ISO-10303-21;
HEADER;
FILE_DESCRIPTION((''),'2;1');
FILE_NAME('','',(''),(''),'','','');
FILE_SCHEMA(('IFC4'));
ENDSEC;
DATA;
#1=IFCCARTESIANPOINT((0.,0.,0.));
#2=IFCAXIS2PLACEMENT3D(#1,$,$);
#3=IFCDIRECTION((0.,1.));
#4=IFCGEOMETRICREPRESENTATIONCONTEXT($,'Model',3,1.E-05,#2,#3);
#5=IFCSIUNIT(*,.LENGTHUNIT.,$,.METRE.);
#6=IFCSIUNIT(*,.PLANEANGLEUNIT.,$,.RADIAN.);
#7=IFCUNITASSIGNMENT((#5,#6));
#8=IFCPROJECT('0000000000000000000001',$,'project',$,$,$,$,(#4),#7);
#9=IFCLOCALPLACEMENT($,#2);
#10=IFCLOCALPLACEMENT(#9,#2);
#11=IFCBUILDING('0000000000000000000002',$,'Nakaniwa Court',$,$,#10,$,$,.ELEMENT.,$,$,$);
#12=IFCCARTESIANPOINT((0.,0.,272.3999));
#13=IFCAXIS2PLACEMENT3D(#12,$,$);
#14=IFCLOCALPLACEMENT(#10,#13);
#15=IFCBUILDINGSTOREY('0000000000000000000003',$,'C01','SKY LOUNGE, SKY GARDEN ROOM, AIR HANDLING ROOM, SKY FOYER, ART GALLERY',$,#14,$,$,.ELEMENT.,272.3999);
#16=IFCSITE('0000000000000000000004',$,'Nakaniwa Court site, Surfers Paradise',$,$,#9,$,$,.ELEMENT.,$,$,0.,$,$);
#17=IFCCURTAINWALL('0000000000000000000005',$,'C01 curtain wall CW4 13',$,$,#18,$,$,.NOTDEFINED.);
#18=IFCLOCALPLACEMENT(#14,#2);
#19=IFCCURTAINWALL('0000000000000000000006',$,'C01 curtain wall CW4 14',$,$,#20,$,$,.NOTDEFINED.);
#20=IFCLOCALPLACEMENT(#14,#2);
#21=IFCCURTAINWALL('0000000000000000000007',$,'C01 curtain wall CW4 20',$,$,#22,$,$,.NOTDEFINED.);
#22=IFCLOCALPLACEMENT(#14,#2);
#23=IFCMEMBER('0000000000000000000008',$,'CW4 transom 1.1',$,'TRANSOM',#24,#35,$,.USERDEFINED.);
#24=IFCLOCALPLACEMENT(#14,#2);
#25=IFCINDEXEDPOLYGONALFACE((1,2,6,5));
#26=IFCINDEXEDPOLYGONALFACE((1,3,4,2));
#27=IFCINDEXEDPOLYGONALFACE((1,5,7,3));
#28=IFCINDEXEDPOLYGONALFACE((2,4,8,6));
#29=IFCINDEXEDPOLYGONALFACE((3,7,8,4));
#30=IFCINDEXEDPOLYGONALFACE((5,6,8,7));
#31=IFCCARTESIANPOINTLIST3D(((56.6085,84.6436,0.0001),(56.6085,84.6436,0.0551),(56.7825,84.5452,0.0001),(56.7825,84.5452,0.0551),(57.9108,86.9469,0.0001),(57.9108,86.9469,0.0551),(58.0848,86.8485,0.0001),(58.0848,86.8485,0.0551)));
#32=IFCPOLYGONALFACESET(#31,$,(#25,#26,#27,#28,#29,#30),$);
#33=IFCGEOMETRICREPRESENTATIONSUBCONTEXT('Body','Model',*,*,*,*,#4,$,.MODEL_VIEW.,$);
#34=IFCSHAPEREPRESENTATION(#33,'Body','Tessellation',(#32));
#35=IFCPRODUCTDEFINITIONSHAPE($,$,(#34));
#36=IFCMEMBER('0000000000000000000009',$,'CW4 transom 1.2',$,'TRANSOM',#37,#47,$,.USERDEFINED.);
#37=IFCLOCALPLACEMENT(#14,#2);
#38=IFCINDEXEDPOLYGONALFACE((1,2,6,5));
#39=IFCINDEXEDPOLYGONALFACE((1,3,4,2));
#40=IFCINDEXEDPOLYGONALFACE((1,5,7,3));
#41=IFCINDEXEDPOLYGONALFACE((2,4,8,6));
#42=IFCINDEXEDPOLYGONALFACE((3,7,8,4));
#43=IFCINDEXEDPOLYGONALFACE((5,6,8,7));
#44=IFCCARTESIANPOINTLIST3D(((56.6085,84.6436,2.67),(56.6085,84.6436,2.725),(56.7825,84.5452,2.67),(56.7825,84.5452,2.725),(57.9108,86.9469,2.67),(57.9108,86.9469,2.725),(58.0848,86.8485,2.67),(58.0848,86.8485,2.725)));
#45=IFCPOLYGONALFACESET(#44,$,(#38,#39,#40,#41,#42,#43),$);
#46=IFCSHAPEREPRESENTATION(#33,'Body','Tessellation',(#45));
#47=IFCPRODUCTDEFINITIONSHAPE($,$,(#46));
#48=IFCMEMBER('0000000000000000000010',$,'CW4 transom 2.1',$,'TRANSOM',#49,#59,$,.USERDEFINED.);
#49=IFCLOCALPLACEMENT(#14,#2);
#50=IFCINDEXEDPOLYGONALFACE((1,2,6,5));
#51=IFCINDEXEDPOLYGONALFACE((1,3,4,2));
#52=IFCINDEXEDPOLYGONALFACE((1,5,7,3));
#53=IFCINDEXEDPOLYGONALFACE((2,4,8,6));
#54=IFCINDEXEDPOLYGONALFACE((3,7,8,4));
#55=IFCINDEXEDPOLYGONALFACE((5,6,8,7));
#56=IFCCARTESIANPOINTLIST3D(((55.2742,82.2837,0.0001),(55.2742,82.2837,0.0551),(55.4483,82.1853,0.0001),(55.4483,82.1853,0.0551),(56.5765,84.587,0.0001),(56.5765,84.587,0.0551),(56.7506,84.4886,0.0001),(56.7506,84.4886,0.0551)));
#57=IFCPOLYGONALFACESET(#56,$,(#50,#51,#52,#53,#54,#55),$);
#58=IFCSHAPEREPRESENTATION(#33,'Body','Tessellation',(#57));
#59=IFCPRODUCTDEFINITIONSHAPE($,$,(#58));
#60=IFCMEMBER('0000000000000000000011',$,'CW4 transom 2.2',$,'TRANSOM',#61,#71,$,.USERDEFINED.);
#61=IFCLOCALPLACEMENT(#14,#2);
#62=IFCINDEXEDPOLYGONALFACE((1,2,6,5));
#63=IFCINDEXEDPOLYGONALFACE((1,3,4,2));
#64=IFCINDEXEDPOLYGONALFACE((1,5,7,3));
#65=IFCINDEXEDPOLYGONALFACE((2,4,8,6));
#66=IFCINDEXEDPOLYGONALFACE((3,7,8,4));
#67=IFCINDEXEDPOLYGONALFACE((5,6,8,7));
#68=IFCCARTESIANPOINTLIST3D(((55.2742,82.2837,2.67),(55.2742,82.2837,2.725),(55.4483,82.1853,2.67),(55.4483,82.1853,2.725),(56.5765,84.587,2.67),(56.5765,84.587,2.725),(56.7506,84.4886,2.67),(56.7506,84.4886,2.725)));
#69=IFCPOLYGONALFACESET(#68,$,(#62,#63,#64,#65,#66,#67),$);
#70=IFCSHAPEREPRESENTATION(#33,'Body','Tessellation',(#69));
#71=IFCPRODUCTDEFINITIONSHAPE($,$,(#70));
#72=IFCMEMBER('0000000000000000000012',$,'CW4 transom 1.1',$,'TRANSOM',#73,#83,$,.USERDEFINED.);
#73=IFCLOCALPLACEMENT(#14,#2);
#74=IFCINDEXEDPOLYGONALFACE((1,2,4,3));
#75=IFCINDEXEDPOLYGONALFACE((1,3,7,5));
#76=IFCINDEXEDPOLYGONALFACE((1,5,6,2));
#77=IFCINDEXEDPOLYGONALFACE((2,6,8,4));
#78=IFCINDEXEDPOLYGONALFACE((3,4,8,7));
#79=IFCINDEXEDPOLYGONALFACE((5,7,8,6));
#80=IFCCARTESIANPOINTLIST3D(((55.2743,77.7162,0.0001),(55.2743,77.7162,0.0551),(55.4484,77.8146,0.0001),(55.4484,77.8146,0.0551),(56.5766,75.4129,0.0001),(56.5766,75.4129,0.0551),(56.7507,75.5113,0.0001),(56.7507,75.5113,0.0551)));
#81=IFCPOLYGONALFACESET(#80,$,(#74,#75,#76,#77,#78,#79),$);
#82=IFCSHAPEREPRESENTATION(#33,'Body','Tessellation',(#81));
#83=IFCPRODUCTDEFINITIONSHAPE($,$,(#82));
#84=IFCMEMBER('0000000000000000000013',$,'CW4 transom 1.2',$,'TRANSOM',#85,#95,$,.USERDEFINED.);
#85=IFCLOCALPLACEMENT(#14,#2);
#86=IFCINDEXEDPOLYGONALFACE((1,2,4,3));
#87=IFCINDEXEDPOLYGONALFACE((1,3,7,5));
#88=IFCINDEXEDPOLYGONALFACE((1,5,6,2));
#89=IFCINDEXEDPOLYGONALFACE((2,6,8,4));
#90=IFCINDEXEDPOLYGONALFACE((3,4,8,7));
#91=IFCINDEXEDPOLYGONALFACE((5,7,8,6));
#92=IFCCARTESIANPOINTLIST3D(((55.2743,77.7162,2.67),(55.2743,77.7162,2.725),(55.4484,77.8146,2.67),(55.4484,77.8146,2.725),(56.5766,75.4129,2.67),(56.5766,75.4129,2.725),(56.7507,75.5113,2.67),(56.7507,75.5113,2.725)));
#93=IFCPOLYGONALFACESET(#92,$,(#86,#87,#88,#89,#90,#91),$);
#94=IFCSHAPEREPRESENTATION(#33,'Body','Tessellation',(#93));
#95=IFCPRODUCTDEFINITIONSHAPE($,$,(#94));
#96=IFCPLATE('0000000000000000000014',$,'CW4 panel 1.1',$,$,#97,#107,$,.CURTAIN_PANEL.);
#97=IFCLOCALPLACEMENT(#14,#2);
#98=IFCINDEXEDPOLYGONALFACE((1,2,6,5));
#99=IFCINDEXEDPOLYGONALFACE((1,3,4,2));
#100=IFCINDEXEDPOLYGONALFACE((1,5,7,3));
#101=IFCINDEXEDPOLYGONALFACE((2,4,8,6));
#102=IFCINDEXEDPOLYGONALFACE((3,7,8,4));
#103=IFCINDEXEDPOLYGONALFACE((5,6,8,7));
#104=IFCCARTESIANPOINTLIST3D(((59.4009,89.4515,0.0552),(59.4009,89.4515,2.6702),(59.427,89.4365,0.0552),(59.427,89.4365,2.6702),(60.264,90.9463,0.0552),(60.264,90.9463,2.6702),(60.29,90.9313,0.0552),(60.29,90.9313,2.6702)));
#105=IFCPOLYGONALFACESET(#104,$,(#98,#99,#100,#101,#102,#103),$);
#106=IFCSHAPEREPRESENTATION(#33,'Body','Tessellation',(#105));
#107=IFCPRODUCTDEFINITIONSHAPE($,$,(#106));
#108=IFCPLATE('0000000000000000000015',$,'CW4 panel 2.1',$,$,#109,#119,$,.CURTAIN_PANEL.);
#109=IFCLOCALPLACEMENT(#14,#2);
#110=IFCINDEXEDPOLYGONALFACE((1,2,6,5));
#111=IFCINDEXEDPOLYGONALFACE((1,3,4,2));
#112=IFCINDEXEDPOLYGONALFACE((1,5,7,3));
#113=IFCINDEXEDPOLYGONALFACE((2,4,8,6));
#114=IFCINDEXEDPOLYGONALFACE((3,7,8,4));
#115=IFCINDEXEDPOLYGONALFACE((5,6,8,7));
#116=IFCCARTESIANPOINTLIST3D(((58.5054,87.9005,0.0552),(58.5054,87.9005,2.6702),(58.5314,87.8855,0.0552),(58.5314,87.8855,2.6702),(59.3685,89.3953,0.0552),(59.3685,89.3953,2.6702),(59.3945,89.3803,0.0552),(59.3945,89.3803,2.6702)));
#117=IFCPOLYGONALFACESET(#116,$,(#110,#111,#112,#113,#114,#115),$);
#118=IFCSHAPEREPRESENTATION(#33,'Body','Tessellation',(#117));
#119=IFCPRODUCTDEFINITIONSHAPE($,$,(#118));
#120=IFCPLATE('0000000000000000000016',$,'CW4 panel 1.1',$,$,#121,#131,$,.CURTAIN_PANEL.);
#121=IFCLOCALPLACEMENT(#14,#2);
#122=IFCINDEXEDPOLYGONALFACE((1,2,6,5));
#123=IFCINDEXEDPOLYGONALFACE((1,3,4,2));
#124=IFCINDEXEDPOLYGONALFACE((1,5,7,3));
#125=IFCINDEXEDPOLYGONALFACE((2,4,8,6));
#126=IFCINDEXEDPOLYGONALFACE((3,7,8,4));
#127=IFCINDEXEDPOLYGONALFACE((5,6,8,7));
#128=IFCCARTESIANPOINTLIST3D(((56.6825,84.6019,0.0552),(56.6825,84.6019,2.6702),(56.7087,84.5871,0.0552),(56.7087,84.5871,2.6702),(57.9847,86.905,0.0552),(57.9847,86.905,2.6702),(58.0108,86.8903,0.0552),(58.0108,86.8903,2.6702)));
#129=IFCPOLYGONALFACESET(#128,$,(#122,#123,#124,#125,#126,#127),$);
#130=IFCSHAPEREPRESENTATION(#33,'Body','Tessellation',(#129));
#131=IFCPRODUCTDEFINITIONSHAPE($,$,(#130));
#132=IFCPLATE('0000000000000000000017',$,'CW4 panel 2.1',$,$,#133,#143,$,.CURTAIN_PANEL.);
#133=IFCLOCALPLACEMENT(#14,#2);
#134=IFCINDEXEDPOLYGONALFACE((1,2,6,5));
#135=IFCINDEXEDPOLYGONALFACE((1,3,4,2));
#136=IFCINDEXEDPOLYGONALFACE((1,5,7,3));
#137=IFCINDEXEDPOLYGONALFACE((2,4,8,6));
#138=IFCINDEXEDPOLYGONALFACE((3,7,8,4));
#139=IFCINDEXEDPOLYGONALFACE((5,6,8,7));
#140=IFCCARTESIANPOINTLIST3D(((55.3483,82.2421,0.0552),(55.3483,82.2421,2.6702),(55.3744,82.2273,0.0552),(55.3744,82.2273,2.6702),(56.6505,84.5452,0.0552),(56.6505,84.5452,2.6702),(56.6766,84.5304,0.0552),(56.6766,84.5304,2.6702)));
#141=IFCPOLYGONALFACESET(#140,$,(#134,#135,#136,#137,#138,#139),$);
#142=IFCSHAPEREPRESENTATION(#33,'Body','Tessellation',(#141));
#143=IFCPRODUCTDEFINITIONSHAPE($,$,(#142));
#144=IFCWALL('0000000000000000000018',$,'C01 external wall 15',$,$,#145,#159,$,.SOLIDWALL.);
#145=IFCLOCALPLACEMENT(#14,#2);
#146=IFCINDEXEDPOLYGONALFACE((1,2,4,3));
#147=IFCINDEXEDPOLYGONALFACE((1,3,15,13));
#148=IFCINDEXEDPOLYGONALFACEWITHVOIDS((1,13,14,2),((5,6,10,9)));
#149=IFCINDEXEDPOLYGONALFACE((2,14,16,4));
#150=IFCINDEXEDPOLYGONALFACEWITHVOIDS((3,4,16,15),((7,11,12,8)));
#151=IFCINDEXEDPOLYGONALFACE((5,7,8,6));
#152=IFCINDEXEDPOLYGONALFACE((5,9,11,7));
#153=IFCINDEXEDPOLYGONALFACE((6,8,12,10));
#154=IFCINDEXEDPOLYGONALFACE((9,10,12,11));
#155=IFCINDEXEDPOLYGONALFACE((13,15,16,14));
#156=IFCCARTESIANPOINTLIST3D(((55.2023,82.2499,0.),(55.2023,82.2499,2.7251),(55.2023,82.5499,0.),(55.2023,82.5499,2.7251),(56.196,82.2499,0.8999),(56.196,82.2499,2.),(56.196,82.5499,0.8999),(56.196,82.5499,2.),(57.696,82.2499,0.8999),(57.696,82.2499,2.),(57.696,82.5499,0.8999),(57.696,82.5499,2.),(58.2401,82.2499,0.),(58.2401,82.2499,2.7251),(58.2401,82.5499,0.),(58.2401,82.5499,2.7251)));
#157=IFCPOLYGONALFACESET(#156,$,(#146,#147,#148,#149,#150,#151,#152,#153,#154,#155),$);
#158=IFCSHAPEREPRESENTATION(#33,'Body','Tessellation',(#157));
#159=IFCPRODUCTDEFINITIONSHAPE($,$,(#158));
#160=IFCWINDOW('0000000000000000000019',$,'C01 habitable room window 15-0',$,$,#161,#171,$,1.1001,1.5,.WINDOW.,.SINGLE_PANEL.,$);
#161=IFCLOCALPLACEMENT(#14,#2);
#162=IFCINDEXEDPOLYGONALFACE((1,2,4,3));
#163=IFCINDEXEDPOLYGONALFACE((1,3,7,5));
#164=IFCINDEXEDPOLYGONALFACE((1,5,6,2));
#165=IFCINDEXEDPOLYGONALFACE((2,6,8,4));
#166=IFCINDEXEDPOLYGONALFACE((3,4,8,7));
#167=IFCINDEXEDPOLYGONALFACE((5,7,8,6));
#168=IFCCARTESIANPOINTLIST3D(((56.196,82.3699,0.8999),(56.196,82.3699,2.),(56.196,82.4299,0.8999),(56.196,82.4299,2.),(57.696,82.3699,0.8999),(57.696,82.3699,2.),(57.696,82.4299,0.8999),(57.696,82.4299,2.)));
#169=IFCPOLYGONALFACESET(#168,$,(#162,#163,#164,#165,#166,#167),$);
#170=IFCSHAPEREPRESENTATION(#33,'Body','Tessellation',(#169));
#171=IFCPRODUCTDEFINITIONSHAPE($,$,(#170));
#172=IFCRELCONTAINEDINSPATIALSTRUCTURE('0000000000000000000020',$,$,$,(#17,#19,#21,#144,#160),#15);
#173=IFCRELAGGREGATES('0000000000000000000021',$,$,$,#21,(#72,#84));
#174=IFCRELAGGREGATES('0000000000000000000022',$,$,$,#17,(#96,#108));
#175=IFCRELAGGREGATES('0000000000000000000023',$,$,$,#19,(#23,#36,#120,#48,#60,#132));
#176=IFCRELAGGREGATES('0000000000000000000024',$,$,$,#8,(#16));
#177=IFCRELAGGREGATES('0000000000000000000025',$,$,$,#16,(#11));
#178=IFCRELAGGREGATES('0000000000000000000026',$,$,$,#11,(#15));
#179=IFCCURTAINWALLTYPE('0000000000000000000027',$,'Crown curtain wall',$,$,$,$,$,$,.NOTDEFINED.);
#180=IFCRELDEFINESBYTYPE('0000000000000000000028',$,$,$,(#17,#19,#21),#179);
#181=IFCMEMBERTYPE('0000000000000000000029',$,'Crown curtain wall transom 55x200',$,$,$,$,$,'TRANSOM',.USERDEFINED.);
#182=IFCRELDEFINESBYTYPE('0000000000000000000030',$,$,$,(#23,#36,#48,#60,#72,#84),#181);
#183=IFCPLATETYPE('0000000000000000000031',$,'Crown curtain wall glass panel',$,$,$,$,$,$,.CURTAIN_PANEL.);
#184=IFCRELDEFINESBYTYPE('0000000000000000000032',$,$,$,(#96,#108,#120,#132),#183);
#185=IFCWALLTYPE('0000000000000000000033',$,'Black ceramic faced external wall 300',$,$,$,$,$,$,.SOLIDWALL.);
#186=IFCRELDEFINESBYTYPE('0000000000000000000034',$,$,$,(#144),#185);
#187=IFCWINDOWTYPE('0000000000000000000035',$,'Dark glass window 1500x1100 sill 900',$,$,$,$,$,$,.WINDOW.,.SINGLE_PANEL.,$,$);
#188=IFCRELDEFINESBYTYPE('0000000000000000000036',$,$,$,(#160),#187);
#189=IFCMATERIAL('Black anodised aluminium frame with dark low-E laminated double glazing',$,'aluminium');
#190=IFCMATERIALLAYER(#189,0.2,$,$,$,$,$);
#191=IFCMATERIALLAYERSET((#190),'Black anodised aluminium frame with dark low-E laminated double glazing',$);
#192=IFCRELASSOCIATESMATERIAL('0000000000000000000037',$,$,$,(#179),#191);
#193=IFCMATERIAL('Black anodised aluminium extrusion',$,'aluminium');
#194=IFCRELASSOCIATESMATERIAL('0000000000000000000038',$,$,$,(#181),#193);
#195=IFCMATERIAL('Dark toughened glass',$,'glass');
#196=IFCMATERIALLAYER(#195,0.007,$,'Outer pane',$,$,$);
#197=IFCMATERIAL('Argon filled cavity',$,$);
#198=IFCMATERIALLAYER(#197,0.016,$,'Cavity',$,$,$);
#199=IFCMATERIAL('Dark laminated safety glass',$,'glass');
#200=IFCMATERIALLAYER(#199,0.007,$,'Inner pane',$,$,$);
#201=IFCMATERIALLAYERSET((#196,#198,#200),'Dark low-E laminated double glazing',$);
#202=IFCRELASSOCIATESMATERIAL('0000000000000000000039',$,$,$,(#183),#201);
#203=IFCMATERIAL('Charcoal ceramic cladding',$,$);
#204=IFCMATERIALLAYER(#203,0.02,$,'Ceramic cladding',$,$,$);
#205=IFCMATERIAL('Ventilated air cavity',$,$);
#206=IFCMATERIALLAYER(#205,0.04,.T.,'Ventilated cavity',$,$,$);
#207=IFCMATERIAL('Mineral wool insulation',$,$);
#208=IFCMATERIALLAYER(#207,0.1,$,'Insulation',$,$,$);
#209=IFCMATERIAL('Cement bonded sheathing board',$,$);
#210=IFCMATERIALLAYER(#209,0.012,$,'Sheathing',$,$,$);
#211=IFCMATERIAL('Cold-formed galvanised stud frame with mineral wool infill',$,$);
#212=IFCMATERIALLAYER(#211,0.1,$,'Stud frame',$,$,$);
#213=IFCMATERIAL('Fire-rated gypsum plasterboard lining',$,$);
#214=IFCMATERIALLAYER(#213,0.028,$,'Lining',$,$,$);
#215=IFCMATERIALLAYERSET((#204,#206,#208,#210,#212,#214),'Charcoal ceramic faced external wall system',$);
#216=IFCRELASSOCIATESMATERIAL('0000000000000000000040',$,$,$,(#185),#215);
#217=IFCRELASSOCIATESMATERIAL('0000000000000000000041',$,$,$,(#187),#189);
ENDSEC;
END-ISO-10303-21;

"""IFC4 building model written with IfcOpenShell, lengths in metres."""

from ifc_helpers import new_model, si_unit, direction, frame, frame_2d, origin, origin_2d, place, context, subcontext, project, spatial, rectangle, extrude, material, layer, layer_set, material_profile, profile_set, type_object, element, fill, aggregate, save


model = new_model("IFC4")

# Units and contexts
model_context = context("Model", 3, precision=1e-05, world=origin(), true_north=direction((0.0, 1.0)))
body_context = subcontext(model_context, "Body", "Model", "MODEL_VIEW")
ifc_project = project(units=[si_unit("LENGTHUNIT", "METRE"), si_unit("PLANEANGLEUNIT", "RADIAN")], contexts=[model_context])

# Site, building, storey
site_placement = place(None, origin())
site = spatial("IfcSite", under=ifc_project, at=site_placement, Name="Nakaniwa Court site, Surfers Paradise", CompositionType="ELEMENT", RefElevation=0.0)
building_placement = place(site_placement, origin())
building = spatial("IfcBuilding", under=site, at=building_placement, Name="Nakaniwa Court", CompositionType="ELEMENT")
storey_placement = place(building_placement, frame((0.0, 0.0, 272.3999)))
storey = spatial("IfcBuildingStorey", under=building, at=storey_placement, Name="C01", Description="SKY LOUNGE, SKY GARDEN ROOM, AIR HANDLING ROOM, SKY FOYER, ART GALLERY", CompositionType="ELEMENT", Elevation=272.3999)

# Curtain walls
ifc_material_1 = material(Name="Black anodised aluminium frame with dark low-E laminated double glazing", Category="aluminium")
ifc_layer_1 = layer(ifc_material_1, 0.2)
ifc_layer_set_1 = layer_set([ifc_layer_1], Name="Black anodised aluminium frame with dark low-E laminated double glazing")
curtain_wall_type = type_object("IfcCurtainWallType", Name="Crown curtain wall", PredefinedType="NOTDEFINED", material=ifc_layer_set_1)
curtain_wall_1_placement = place(storey_placement, origin())
curtain_wall_1 = element("IfcCurtainWall", 1, at=curtain_wall_1_placement, inside=storey, type_object=curtain_wall_type, Name="C01 curtain wall CW4 13", PredefinedType="NOTDEFINED")
ifc_material_2 = material(Name="Black anodised aluminium extrusion", Category="aluminium")
curtain_wall_2_placement = place(storey_placement, origin())
curtain_wall_2 = element("IfcCurtainWall", 2, at=curtain_wall_2_placement, inside=storey, type_object=curtain_wall_type, Name="C01 curtain wall CW4 14", PredefinedType="NOTDEFINED")

# Curtain wall
curtain_wall_3_placement = place(storey_placement, origin())
curtain_wall_3 = element("IfcCurtainWall", 3, at=curtain_wall_3_placement, inside=storey, type_object=curtain_wall_type, Name="C01 curtain wall CW4 20", PredefinedType="NOTDEFINED")

# Members
ifc_material_profile_1 = material_profile(ifc_material_2, rectangle(XDim=0.2, YDim=0.0549, at=origin_2d()), Name="Crown curtain wall transom 55x200")
ifc_profile_set_1 = profile_set([ifc_material_profile_1], Name="Black anodised aluminium extrusion")
member_type_1 = type_object("IfcMemberType", Name="Crown curtain wall transom 55x200", ElementType="TRANSOM", PredefinedType="USERDEFINED", material=ifc_profile_set_1)
member_1_placement = place(storey_placement, frame((57.9978, 86.8977, 0.0276), z_axis=(-0.492179, -0.870494, 0.0), x_axis=(0.870494, -0.492179, 0.0)))
member_1 = element("IfcMember", 4, at=member_1_placement, type_object=member_type_1, Name="CW4 transom 1.1", ObjectType="TRANSOM", PredefinedType="USERDEFINED", context=body_context, shape_type="SweptSolid", body=[
    extrude(rectangle(XDim=0.2, YDim=0.0549, at=origin_2d()), origin(), (0.0, 0.0, 1.0), 2.646),
])
member_2_placement = place(storey_placement, frame((57.9978, 86.8977, 2.6975), z_axis=(-0.492179, -0.870494, 0.0), x_axis=(0.870494, -0.492179, 0.0)))
member_2 = element("IfcMember", 5, at=member_2_placement, type_object=member_type_1, Name="CW4 transom 1.2", ObjectType="TRANSOM", PredefinedType="USERDEFINED", context=body_context, shape_type="SweptSolid", body=[
    extrude(rectangle(XDim=0.2, YDim=0.0549, at=origin_2d()), origin(), (0.0, 0.0, 1.0), 2.646),
])
member_3_placement = place(storey_placement, frame((56.6636, 84.5378, 0.0276), z_axis=(-0.492179, -0.870494, 0.0), x_axis=(0.870494, -0.492179, 0.0)))
member_3 = element("IfcMember", 6, at=member_3_placement, type_object=member_type_1, Name="CW4 transom 2.1", ObjectType="TRANSOM", PredefinedType="USERDEFINED", context=body_context, shape_type="SweptSolid", body=[
    extrude(rectangle(XDim=0.2, YDim=0.0549, at=origin_2d()), origin(), (0.0, 0.0, 1.0), 2.646),
])
member_4_placement = place(storey_placement, frame((56.6636, 84.5378, 2.6975), z_axis=(-0.492179, -0.870494, 0.0), x_axis=(0.870494, -0.492179, 0.0)))
member_4 = element("IfcMember", 7, at=member_4_placement, type_object=member_type_1, Name="CW4 transom 2.2", ObjectType="TRANSOM", PredefinedType="USERDEFINED", context=body_context, shape_type="SweptSolid", body=[
    extrude(rectangle(XDim=0.2, YDim=0.0549, at=origin_2d()), origin(), (0.0, 0.0, 1.0), 2.646),
])
member_5_placement = place(storey_placement, frame((55.3613, 77.7654, 0.0276), z_axis=(0.492179, -0.870494, 0.0), x_axis=(0.870494, 0.492179, 0.0)))
member_5 = element("IfcMember", 8, at=member_5_placement, type_object=member_type_1, Name="CW4 transom 1.1", ObjectType="TRANSOM", PredefinedType="USERDEFINED", context=body_context, shape_type="SweptSolid", body=[
    extrude(rectangle(XDim=0.2, YDim=0.0549, at=origin_2d()), origin(), (0.0, 0.0, 1.0), 2.646),
])
member_6_placement = place(storey_placement, frame((55.3613, 77.7654, 2.6975), z_axis=(0.492179, -0.870494, 0.0), x_axis=(0.870494, 0.492179, 0.0)))
member_6 = element("IfcMember", 9, at=member_6_placement, type_object=member_type_1, Name="CW4 transom 1.2", ObjectType="TRANSOM", PredefinedType="USERDEFINED", context=body_context, shape_type="SweptSolid", body=[
    extrude(rectangle(XDim=0.2, YDim=0.0549, at=origin_2d()), origin(), (0.0, 0.0, 1.0), 2.646),
])
aggregate(curtain_wall_3, [member_5, member_6])

# Plates
ifc_material_3 = material(Name="Dark toughened glass", Category="glass")
ifc_layer_2 = layer(ifc_material_3, 0.007, Name="Outer pane")
ifc_material_4 = material(Name="Argon filled cavity")
ifc_layer_3 = layer(ifc_material_4, 0.016, Name="Cavity")
ifc_material_5 = material(Name="Dark laminated safety glass", Category="glass")
ifc_layer_4 = layer(ifc_material_5, 0.007, Name="Inner pane")
ifc_layer_set_2 = layer_set([ifc_layer_2, ifc_layer_3, ifc_layer_4], Name="Dark low-E laminated double glazing")
plate_type = type_object("IfcPlateType", Name="Crown curtain wall glass panel", PredefinedType="CURTAIN_PANEL", material=ifc_layer_set_2)
plate_1_placement = place(storey_placement, frame((59.8455, 90.1914, 0.0552), z_axis=(0.0, 0.0, 1.0), x_axis=(-0.499987, -0.866033, 0.0)))
plate_1 = element("IfcPlate", 10, at=plate_1_placement, type_object=plate_type, Name="CW4 panel 1.1", PredefinedType="CURTAIN_PANEL", context=body_context, shape_type="SweptSolid", body=[
    extrude(rectangle(XDim=1.7261, YDim=0.03, at=origin_2d()), origin(), (0.0, 0.0, 1.0), 2.615),
])
plate_2_placement = place(storey_placement, frame((58.95, 88.6404, 0.0552), z_axis=(0.0, 0.0, 1.0), x_axis=(-0.499987, -0.866033, 0.0)))
plate_2 = element("IfcPlate", 11, at=plate_2_placement, type_object=plate_type, Name="CW4 panel 2.1", PredefinedType="CURTAIN_PANEL", context=body_context, shape_type="SweptSolid", body=[
    extrude(rectangle(XDim=1.7261, YDim=0.03, at=origin_2d()), origin(), (0.0, 0.0, 1.0), 2.615),
])
aggregate(curtain_wall_1, [plate_1, plate_2])
plate_3_placement = place(storey_placement, frame((57.3467, 85.7461, 0.0552), z_axis=(0.0, 0.0, 1.0), x_axis=(-0.492177, -0.870495, 0.0)))
plate_3 = element("IfcPlate", 12, at=plate_3_placement, type_object=plate_type, Name="CW4 panel 1.1", PredefinedType="CURTAIN_PANEL", context=body_context, shape_type="SweptSolid", body=[
    extrude(rectangle(XDim=2.6458, YDim=0.03, at=origin_2d()), origin(), (0.0, 0.0, 1.0), 2.615),
])
plate_4_placement = place(storey_placement, frame((56.0125, 83.3862, 0.0552), z_axis=(0.0, 0.0, 1.0), x_axis=(-0.492177, -0.870495, 0.0)))
plate_4 = element("IfcPlate", 13, at=plate_4_placement, type_object=plate_type, Name="CW4 panel 2.1", PredefinedType="CURTAIN_PANEL", context=body_context, shape_type="SweptSolid", body=[
    extrude(rectangle(XDim=2.6458, YDim=0.03, at=origin_2d()), origin(), (0.0, 0.0, 1.0), 2.615),
])
aggregate(curtain_wall_2, [member_1, member_2, plate_3, member_3, member_4, plate_4])

# Wall, opening, window
ifc_material_6 = material(Name="Charcoal ceramic cladding")
ifc_layer_5 = layer(ifc_material_6, 0.02, Name="Ceramic cladding")
ifc_material_7 = material(Name="Ventilated air cavity")
ifc_layer_6 = layer(ifc_material_7, 0.04, ventilated=True, Name="Ventilated cavity")
ifc_material_8 = material(Name="Mineral wool insulation")
ifc_layer_7 = layer(ifc_material_8, 0.1, Name="Insulation")
ifc_material_9 = material(Name="Cement bonded sheathing board")
ifc_layer_8 = layer(ifc_material_9, 0.012, Name="Sheathing")
ifc_material_10 = material(Name="Cold-formed galvanised stud frame with mineral wool infill")
ifc_layer_9 = layer(ifc_material_10, 0.1, Name="Stud frame")
ifc_material_11 = material(Name="Fire-rated gypsum plasterboard lining")
ifc_layer_10 = layer(ifc_material_11, 0.028, Name="Lining")
ifc_layer_set_3 = layer_set([ifc_layer_5, ifc_layer_6, ifc_layer_7, ifc_layer_8, ifc_layer_9, ifc_layer_10], Name="Charcoal ceramic faced external wall system")
wall_type_1 = type_object("IfcWallType", Name="Black ceramic faced external wall 300", PredefinedType="SOLIDWALL", material=ifc_layer_set_3)
wall_1_placement = place(storey_placement, frame((55.2021, 82.3999, 0.0), z_axis=(0.0, 0.0, 1.0), x_axis=(1.0, 0.0, 0.0)))
wall_1 = element("IfcWall", 14, at=wall_1_placement, inside=storey, type_object=wall_type_1, Name="C01 external wall 15", PredefinedType="SOLIDWALL", context=body_context, shape_type="SweptSolid", body=[
    extrude(rectangle(XDim=3.0378, YDim=0.3, at=frame_2d((1.519, 0.0))), origin(), (0.0, 0.0, 1.0), 2.7251),
])
opening_1_placement = place(wall_1_placement, frame((0.9939, 0.0, 0.8999)))
opening_1 = element("IfcOpeningElement", 15, at=opening_1_placement, cuts=wall_1, PredefinedType="OPENING", context=body_context, shape_type="SweptSolid", body=[
    extrude(rectangle(XDim=1.5, YDim=1.1001, at=frame_2d((0.75, 0.55))), frame((0.0, 0.1599, 0.0), z_axis=(0.0, -1.0, 0.0), x_axis=(1.0, 0.0, 0.0)), (0.0, 0.0, 1.0), 0.3201),
])
window_type_1 = type_object("IfcWindowType", Name="Dark glass window 1500x1100 sill 900", PartitioningType="SINGLE_PANEL", PredefinedType="WINDOW", material=ifc_material_1)
window_1_placement = place(opening_1_placement, origin())
window_1 = element("IfcWindow", 16, at=window_1_placement, inside=storey, type_object=window_type_1, Name="C01 habitable room window 15-0", OverallHeight=1.1001, OverallWidth=1.5, PartitioningType="SINGLE_PANEL", PredefinedType="WINDOW", context=body_context, shape_type="SweptSolid", body=[
    extrude(rectangle(XDim=1.5, YDim=1.1001, at=frame_2d((0.75, 0.55))), frame((0.0, 0.03, 0.0), z_axis=(0.0, -1.0, 0.0), x_axis=(1.0, 0.0, 0.0)), (0.0, 0.0, 1.0), 0.0601),
])
fill(opening_1, window_1)

save(model, "model.ifc")
